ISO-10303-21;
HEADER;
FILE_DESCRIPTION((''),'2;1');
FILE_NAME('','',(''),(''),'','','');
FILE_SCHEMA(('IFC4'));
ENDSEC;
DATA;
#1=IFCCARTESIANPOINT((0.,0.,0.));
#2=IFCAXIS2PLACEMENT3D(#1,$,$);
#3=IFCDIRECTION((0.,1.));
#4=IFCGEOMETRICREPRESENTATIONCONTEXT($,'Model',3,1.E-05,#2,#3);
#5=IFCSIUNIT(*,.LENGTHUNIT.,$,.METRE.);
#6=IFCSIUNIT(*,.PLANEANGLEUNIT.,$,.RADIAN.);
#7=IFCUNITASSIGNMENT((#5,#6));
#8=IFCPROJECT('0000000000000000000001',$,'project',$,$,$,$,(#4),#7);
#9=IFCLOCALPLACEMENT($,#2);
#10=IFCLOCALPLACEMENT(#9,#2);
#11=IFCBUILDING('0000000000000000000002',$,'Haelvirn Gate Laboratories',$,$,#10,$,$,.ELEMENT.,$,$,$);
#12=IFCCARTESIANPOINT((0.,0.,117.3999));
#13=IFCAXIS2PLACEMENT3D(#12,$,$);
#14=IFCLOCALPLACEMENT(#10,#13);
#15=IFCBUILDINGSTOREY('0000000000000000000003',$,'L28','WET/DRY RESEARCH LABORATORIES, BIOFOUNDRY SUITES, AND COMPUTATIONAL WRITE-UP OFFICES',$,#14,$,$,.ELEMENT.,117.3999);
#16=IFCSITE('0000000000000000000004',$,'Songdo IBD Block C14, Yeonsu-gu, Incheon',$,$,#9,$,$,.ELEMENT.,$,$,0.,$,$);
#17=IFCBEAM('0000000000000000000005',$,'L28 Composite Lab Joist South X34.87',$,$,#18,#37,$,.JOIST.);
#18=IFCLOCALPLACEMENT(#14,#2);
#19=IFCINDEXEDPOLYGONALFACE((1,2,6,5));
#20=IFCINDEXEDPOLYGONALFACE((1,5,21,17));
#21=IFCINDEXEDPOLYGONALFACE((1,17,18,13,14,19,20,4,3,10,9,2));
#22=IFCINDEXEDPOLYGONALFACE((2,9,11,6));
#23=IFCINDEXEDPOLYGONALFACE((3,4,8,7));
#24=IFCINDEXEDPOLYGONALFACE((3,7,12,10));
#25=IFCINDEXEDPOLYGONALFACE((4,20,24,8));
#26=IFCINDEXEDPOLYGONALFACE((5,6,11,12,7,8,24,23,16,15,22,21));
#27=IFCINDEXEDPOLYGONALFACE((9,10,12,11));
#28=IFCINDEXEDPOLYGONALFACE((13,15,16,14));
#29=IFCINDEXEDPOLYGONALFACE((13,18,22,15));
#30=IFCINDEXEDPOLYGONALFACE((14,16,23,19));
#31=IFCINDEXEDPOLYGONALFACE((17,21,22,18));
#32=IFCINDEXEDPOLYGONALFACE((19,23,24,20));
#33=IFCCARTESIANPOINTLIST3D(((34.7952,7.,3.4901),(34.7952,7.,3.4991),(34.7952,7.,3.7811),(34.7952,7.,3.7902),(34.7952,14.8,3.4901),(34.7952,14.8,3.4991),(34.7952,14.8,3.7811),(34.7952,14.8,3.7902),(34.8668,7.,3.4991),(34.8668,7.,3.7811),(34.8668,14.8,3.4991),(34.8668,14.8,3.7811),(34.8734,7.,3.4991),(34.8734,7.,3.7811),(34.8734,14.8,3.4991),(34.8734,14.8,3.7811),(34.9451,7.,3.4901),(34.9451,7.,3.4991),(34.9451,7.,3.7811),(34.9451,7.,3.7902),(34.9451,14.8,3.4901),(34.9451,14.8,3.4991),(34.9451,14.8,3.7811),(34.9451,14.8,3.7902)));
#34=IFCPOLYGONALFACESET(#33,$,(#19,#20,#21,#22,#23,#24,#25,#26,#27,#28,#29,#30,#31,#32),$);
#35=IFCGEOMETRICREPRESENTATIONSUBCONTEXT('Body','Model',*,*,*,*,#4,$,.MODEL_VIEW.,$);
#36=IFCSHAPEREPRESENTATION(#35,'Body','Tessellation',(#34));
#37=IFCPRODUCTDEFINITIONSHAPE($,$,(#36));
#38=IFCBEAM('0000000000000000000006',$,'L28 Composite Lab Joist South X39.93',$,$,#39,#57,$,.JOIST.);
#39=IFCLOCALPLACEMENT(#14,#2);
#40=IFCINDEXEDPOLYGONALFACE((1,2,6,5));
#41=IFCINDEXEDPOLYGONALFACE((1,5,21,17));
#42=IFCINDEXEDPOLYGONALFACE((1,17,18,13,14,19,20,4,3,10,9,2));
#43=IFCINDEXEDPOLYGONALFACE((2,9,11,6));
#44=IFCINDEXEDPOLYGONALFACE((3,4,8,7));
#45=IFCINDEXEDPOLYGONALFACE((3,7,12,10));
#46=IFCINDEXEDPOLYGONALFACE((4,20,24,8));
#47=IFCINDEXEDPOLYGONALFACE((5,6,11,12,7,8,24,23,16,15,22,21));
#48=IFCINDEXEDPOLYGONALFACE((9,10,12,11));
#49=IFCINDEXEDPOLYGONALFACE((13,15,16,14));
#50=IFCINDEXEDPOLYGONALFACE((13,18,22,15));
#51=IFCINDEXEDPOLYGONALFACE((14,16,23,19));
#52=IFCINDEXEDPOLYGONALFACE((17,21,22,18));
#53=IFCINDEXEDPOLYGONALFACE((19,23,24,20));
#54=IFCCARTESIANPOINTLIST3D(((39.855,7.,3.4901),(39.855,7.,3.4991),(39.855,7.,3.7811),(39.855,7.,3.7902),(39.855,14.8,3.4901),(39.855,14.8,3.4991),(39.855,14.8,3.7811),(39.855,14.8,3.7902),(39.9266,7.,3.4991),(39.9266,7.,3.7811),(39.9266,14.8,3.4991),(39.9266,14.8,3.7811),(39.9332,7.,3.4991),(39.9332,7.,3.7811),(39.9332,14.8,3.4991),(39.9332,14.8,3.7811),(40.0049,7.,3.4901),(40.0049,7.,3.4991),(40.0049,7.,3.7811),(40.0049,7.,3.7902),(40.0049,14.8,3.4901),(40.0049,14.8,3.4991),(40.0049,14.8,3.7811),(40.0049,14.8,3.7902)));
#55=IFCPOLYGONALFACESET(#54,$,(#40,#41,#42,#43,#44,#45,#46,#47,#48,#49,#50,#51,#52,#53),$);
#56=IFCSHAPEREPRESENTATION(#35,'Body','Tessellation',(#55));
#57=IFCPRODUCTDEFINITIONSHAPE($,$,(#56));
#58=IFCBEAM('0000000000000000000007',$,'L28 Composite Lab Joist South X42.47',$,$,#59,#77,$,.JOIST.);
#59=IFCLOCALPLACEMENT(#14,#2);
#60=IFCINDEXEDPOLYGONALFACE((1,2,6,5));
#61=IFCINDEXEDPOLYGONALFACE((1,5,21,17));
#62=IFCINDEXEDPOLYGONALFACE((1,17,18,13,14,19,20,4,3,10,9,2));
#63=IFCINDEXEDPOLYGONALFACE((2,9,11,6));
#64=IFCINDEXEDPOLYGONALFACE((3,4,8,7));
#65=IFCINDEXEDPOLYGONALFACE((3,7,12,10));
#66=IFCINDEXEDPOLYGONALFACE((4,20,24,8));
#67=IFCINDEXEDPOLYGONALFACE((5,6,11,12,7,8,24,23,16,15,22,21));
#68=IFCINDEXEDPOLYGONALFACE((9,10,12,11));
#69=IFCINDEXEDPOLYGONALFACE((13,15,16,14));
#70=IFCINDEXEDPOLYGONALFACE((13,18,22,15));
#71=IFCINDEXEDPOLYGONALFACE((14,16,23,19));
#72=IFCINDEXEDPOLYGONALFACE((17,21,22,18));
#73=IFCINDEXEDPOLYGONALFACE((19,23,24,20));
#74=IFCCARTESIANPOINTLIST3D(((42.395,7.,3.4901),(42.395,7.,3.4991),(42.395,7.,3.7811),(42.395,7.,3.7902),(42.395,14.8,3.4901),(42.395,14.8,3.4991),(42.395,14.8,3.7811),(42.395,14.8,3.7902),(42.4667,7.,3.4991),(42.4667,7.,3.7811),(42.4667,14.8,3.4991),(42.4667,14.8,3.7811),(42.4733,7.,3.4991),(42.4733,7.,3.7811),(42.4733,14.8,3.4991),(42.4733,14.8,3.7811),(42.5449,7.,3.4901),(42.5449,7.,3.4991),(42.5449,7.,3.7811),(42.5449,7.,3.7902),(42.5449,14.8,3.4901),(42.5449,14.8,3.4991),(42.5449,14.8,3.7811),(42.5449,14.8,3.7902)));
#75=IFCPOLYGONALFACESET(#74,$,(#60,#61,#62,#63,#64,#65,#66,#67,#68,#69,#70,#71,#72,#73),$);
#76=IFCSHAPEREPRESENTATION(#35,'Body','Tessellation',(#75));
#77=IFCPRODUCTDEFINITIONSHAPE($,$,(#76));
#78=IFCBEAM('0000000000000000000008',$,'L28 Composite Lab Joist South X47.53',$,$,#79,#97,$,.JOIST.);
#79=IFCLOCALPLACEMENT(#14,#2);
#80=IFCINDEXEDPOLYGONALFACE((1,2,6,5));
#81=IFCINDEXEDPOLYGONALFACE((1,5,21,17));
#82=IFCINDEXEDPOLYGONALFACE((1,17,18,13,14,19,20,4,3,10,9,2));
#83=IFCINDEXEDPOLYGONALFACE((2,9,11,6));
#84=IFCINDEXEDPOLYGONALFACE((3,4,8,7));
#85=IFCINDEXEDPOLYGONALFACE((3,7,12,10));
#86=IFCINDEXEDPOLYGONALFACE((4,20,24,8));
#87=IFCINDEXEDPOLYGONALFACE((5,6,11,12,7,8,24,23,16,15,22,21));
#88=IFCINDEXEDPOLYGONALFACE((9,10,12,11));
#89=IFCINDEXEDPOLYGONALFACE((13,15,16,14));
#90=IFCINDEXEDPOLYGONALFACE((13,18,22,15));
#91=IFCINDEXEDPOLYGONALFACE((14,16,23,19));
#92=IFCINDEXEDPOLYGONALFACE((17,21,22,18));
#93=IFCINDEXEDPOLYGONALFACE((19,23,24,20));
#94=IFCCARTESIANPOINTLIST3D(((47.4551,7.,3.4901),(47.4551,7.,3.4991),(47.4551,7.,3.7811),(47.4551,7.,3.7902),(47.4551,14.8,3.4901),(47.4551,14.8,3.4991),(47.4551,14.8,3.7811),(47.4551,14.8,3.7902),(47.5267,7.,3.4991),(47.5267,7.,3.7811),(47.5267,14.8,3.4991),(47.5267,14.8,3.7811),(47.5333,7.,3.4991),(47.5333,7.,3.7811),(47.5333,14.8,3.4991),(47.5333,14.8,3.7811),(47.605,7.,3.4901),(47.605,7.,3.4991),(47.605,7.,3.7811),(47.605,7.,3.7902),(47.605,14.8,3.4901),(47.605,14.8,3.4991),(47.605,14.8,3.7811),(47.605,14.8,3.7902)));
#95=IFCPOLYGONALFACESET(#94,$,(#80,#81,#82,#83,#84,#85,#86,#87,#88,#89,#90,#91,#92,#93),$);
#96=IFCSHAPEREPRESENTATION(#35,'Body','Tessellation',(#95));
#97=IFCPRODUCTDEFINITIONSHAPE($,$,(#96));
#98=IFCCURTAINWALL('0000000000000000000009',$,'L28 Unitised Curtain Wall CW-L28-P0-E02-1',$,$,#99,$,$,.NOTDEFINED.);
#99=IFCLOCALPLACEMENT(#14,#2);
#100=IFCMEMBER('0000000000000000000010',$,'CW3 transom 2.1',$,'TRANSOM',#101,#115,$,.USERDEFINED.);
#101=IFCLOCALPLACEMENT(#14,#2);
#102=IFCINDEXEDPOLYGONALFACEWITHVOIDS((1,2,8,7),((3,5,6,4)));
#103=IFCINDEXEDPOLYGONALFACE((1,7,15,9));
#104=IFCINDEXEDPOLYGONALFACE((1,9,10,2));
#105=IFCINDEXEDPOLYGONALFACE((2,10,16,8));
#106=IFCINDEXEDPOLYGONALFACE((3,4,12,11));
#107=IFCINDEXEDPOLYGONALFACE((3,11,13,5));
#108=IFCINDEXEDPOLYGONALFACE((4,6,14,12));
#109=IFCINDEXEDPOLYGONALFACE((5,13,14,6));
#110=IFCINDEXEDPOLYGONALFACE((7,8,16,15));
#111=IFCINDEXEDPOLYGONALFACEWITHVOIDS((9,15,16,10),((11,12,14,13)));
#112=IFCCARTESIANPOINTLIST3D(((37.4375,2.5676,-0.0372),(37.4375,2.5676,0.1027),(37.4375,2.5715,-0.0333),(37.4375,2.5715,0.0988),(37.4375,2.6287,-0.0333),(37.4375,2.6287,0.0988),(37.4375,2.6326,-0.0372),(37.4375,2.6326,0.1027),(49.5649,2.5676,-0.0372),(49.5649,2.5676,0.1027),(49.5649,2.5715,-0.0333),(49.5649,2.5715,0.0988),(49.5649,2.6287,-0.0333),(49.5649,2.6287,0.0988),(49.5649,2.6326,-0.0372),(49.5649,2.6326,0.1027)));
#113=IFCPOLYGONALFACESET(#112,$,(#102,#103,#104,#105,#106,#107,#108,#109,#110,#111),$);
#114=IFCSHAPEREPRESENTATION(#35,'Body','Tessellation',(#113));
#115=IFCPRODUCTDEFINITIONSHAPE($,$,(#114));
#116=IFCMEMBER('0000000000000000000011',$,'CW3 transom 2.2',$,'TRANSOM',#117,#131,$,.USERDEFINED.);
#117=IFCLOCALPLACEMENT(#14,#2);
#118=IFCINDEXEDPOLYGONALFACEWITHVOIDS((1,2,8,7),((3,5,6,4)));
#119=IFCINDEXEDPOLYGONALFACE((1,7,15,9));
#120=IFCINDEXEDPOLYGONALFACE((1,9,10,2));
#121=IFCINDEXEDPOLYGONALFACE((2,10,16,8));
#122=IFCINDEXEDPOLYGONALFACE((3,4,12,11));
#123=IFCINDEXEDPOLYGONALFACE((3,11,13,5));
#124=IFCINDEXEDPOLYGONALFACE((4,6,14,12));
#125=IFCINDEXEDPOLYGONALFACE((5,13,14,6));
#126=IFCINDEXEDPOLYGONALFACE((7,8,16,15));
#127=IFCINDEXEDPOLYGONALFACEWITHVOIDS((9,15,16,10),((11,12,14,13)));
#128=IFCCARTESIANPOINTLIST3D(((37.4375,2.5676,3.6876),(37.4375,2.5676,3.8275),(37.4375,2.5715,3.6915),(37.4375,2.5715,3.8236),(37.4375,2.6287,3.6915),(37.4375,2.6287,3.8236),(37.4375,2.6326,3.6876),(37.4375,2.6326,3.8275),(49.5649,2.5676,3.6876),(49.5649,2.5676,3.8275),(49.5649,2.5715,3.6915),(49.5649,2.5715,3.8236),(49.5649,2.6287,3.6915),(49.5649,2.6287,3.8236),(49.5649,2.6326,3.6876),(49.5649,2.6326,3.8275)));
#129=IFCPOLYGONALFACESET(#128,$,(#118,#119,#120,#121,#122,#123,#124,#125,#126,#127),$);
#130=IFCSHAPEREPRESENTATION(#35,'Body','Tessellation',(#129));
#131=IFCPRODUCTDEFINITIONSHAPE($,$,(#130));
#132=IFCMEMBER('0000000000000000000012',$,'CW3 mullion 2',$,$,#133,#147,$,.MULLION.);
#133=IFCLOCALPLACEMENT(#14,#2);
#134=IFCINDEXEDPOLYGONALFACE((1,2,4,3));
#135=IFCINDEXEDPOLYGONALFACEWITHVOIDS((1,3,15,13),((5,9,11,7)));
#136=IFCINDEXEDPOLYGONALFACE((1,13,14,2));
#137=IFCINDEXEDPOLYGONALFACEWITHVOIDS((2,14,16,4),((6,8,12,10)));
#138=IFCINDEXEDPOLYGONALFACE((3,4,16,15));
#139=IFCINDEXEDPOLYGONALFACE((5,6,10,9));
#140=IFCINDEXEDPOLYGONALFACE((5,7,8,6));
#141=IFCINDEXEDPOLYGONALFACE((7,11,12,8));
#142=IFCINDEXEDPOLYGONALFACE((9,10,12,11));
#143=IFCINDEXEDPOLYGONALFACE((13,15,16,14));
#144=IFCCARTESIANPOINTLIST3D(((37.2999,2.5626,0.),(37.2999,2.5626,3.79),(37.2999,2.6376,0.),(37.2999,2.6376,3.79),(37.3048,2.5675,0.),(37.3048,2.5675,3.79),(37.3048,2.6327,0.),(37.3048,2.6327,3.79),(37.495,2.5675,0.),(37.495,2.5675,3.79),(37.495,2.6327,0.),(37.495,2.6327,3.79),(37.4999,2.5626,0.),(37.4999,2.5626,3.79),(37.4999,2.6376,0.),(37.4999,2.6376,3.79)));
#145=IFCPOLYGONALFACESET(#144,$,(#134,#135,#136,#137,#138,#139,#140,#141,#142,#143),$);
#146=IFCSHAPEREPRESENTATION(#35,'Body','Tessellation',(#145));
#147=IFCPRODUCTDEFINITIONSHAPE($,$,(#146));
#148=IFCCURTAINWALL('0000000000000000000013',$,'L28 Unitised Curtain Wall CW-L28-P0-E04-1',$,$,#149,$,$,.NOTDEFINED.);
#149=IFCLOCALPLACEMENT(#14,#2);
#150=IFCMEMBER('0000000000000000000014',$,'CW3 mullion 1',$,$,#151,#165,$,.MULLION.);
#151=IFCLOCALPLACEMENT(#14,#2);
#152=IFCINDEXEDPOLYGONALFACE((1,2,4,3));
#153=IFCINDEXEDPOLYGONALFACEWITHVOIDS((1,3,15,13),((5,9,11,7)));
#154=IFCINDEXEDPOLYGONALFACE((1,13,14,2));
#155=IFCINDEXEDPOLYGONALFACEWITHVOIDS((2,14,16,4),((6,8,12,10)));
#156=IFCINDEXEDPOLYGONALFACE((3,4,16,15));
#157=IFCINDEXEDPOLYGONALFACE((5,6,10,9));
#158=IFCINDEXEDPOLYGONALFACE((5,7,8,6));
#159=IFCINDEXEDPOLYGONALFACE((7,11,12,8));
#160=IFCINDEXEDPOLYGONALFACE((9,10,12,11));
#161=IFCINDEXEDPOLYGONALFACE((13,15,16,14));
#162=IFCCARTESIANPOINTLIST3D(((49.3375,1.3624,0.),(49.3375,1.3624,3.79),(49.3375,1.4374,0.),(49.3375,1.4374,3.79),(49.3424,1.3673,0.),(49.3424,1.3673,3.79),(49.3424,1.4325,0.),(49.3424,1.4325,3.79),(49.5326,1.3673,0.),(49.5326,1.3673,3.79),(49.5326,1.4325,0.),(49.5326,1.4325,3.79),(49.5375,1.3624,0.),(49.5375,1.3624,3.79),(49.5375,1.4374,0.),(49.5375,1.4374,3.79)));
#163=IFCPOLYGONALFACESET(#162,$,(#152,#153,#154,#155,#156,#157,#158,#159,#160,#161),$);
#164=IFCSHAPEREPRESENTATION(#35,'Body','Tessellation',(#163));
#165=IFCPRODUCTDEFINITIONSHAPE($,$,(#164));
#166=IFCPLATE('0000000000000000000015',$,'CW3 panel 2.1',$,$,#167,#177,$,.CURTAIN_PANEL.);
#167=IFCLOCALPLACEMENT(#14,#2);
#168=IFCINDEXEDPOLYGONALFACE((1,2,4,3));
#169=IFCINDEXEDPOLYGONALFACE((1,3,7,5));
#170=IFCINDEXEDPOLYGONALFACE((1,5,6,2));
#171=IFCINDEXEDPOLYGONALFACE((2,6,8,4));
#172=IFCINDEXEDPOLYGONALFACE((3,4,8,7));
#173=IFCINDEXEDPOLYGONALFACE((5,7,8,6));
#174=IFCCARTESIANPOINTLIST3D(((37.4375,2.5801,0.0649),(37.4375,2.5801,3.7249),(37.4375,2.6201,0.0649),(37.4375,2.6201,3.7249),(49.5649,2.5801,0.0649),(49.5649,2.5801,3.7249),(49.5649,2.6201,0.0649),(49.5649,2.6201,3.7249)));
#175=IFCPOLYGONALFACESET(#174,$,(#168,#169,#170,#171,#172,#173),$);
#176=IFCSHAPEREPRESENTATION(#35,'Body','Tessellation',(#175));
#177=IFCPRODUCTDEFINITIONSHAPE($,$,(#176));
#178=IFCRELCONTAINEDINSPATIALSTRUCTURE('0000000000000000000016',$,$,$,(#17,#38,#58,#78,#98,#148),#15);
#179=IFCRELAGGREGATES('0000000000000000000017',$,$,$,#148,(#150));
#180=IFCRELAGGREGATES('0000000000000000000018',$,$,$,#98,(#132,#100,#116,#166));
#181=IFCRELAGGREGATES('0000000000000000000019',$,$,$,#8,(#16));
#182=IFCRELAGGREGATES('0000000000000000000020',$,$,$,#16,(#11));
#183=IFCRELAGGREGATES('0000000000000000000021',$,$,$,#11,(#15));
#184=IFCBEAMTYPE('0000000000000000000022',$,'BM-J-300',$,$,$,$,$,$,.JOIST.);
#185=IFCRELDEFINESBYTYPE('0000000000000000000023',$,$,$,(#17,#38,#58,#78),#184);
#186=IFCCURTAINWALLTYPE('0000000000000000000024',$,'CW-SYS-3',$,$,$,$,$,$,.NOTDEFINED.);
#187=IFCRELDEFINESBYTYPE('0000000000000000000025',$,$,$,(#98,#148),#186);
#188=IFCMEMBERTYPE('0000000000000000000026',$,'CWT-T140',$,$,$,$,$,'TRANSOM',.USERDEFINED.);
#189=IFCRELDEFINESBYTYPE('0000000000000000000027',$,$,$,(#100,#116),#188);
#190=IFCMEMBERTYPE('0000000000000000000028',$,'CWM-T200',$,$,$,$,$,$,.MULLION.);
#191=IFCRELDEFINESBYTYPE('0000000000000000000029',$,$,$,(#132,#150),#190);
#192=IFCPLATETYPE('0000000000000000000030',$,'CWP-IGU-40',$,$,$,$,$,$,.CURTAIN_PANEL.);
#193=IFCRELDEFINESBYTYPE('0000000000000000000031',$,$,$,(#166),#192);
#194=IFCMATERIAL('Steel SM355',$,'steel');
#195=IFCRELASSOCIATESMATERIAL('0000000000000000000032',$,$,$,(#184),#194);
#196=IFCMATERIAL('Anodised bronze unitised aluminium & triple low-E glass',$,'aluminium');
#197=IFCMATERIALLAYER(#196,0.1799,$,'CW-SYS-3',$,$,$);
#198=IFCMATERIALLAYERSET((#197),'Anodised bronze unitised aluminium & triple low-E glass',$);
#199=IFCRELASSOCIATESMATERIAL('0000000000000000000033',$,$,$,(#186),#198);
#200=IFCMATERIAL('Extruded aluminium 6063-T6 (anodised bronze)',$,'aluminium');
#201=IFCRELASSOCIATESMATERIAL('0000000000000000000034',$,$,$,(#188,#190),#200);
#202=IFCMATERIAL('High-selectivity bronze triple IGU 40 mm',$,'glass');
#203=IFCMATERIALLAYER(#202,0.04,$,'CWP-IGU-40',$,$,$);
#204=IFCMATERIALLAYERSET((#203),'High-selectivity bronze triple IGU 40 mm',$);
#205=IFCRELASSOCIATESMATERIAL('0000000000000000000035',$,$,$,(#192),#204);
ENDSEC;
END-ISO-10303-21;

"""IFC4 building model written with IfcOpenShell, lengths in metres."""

from ifc_helpers import new_model, si_unit, direction, frame, origin, origin_2d, place, context, subcontext, project, spatial, rectangle, hollow_rectangle, i_section, extrude, source, transform, mapped, material, layer, layer_set, material_profile, profile_set, type_object, type_shapes, element, aggregate, save


model = new_model("IFC4")

# Units and contexts
model_context = context("Model", 3, precision=1e-05, world=origin(), true_north=direction((0.0, 1.0)))
body_context = subcontext(model_context, "Body", "Model", "MODEL_VIEW")
ifc_project = project(units=[si_unit("LENGTHUNIT", "METRE"), si_unit("PLANEANGLEUNIT", "RADIAN")], contexts=[model_context])

# Site, building, storey
site_placement = place(None, origin())
site = spatial("IfcSite", under=ifc_project, at=site_placement, Name="Songdo IBD Block C14, Yeonsu-gu, Incheon", CompositionType="ELEMENT", RefElevation=0.0)
building_placement = place(site_placement, origin())
building = spatial("IfcBuilding", under=site, at=building_placement, Name="Haelvirn Gate Laboratories", CompositionType="ELEMENT")
storey_placement = place(building_placement, frame((0.0, 0.0, 117.3999)))
storey = spatial("IfcBuildingStorey", under=building, at=storey_placement, Name="L28", Description="WET/DRY RESEARCH LABORATORIES, BIOFOUNDRY SUITES, AND COMPUTATIONAL WRITE-UP OFFICES", CompositionType="ELEMENT", Elevation=117.3999)

# Shared definitions
ifc_material_1 = material(Name="Steel SM355", Category="steel")

# Beams
ifc_material_profile_1 = material_profile(ifc_material_1, i_section(OverallWidth=0.1499, OverallDepth=0.3, WebThickness=0.0066, FlangeThickness=0.009, at=origin_2d()), Name="H-300x150x6.5x9")
ifc_profile_set_1 = profile_set([ifc_material_profile_1], Name="Steel SM355")
beam_type_1 = type_object("IfcBeamType", Name="BM-J-300", PredefinedType="JOIST", material=ifc_profile_set_1)
shared_shape_1 = source(origin(), body_context, "Body", "SweptSolid", [
    extrude(i_section(OverallWidth=0.1499, OverallDepth=0.3, WebThickness=0.0066, FlangeThickness=0.009, at=origin_2d()), origin(), (0.0, 0.0, 1.0), 7.8),
])
type_shapes(beam_type_1, [shared_shape_1])
for number, where, z_axis, x_axis, name in (
    (1, (34.8701, 7.0, 3.6401), (0.0, 1.0, 0.0), (-1.0, 0.0, 0.0), "L28 Composite Lab Joist South X34.87"),
    (2, (39.9299, 7.0, 3.6401), (0.0, 1.0, 0.0), (-1.0, 0.0, 0.0), "L28 Composite Lab Joist South X39.93"),
    (3, (42.47, 7.0, 3.6401), (0.0, 1.0, 0.0), (-1.0, 0.0, 0.0), "L28 Composite Lab Joist South X42.47"),
    (4, (47.53, 7.0, 3.6401), (0.0, 1.0, 0.0), (-1.0, 0.0, 0.0), "L28 Composite Lab Joist South X47.53"),
):
    element("IfcBeam", number, at=place(storey_placement, frame(where, z_axis=z_axis, x_axis=x_axis)), inside=storey, type_object=beam_type_1, Name=name, PredefinedType="JOIST", context=body_context, shape_type="MappedRepresentation", body=[
        mapped(shared_shape_1, transform((0.0, 0.0, 0.0), scale=1.0)),
    ])

# Curtain wall, members
ifc_material_2 = material(Name="Anodised bronze unitised aluminium & triple low-E glass", Category="aluminium")
ifc_layer_1 = layer(ifc_material_2, 0.1799, Name="CW-SYS-3")
ifc_layer_set_1 = layer_set([ifc_layer_1], Name="Anodised bronze unitised aluminium & triple low-E glass")
curtain_wall_type = type_object("IfcCurtainWallType", Name="CW-SYS-3", PredefinedType="NOTDEFINED", material=ifc_layer_set_1)
curtain_wall_1_placement = place(storey_placement, origin())
curtain_wall_1 = element("IfcCurtainWall", 5, at=curtain_wall_1_placement, inside=storey, type_object=curtain_wall_type, Name="L28 Unitised Curtain Wall CW-L28-P0-E02-1", PredefinedType="NOTDEFINED")
ifc_material_3 = material(Name="Extruded aluminium 6063-T6 (anodised bronze)", Category="aluminium")
ifc_material_profile_2 = material_profile(ifc_material_3, hollow_rectangle(XDim=0.0649, YDim=0.1399, WallThickness=0.0039, at=origin_2d()), Name="CWT-140x65x4")
ifc_profile_set_2 = profile_set([ifc_material_profile_2], Name="Extruded aluminium 6063-T6 (anodised bronze)")
member_type_1 = type_object("IfcMemberType", Name="CWT-T140", ElementType="TRANSOM", PredefinedType="USERDEFINED", material=ifc_profile_set_2)
shared_shape_2 = source(origin(), body_context, "Body", "SweptSolid", [
    extrude(hollow_rectangle(XDim=0.0649, YDim=0.1399, WallThickness=0.0039, at=origin_2d()), origin(), (0.0, 0.0, 1.0), 12.1274),
])
type_shapes(member_type_1, [shared_shape_2])
member_1_placement = place(storey_placement, frame((37.4375, 2.6001, 0.0327), z_axis=(1.0, 0.0, 0.0), x_axis=(0.0, 1.0, 0.0)))
member_1 = element("IfcMember", 6, at=member_1_placement, type_object=member_type_1, Name="CW3 transom 2.1", ObjectType="TRANSOM", PredefinedType="USERDEFINED", context=body_context, shape_type="MappedRepresentation", body=[
    mapped(shared_shape_2, transform((0.0, 0.0, 0.0), scale=1.0)),
])
member_2_placement = place(storey_placement, frame((37.4375, 2.6001, 3.7576), z_axis=(1.0, 0.0, 0.0), x_axis=(0.0, 1.0, 0.0)))
member_2 = element("IfcMember", 7, at=member_2_placement, type_object=member_type_1, Name="CW3 transom 2.2", ObjectType="TRANSOM", PredefinedType="USERDEFINED", context=body_context, shape_type="MappedRepresentation", body=[
    mapped(shared_shape_2, transform((0.0, 0.0, 0.0), scale=1.0)),
])
ifc_material_profile_3 = material_profile(ifc_material_3, hollow_rectangle(XDim=0.075, YDim=0.2, WallThickness=0.0049, at=origin_2d()), Name="CWM-200x75x5")
ifc_profile_set_3 = profile_set([ifc_material_profile_3], Name="Extruded aluminium 6063-T6 (anodised bronze)")
member_type_2 = type_object("IfcMemberType", Name="CWM-T200", PredefinedType="MULLION", material=ifc_profile_set_3)
shared_shape_3 = source(origin(), body_context, "Body", "SweptSolid", [
    extrude(hollow_rectangle(XDim=0.075, YDim=0.2, WallThickness=0.0049, at=origin_2d()), origin(), (0.0, 0.0, 1.0), 3.79),
])
type_shapes(member_type_2, [shared_shape_3])
member_3_placement = place(storey_placement, frame((37.3999, 2.6001, 0.0), z_axis=(0.0, 0.0, 1.0), x_axis=(0.0, 1.0, 0.0)))
member_3 = element("IfcMember", 8, at=member_3_placement, type_object=member_type_2, Name="CW3 mullion 2", PredefinedType="MULLION", context=body_context, shape_type="MappedRepresentation", body=[
    mapped(shared_shape_3, transform((0.0, 0.0, 0.0), scale=1.0)),
])

# Curtain wall, member
curtain_wall_2_placement = place(storey_placement, origin())
curtain_wall_2 = element("IfcCurtainWall", 9, at=curtain_wall_2_placement, inside=storey, type_object=curtain_wall_type, Name="L28 Unitised Curtain Wall CW-L28-P0-E04-1", PredefinedType="NOTDEFINED")
member_4_placement = place(storey_placement, frame((49.4375, 1.3999, 0.0), z_axis=(0.0, 0.0, 1.0), x_axis=(0.0, 1.0, 0.0)))
member_4 = element("IfcMember", 10, at=member_4_placement, type_object=member_type_2, Name="CW3 mullion 1", PredefinedType="MULLION", context=body_context, shape_type="MappedRepresentation", body=[
    mapped(shared_shape_3, transform((0.0, 0.0, 0.0), scale=1.0)),
])
aggregate(curtain_wall_2, [member_4])

# Plate
ifc_material_4 = material(Name="High-selectivity bronze triple IGU 40 mm", Category="glass")
ifc_layer_2 = layer(ifc_material_4, 0.04, Name="CWP-IGU-40")
ifc_layer_set_2 = layer_set([ifc_layer_2], Name="High-selectivity bronze triple IGU 40 mm")
plate_type = type_object("IfcPlateType", Name="CWP-IGU-40", PredefinedType="CURTAIN_PANEL", material=ifc_layer_set_2)
shared_shape_4 = source(origin(), body_context, "Body", "SweptSolid", [
    extrude(rectangle(XDim=12.1274, YDim=0.04, at=origin_2d()), origin(), (0.0, 0.0, 1.0), 3.6599),
])
type_shapes(plate_type, [shared_shape_4])
plate_placement = place(storey_placement, frame((43.5012, 2.6001, 0.0649), z_axis=(0.0, 0.0, 1.0), x_axis=(1.0, 0.0, 0.0)))
plate = element("IfcPlate", 11, at=plate_placement, type_object=plate_type, Name="CW3 panel 2.1", PredefinedType="CURTAIN_PANEL", context=body_context, shape_type="MappedRepresentation", body=[
    mapped(shared_shape_4, transform((0.0, 0.0, 0.0), scale=1.0)),
])
aggregate(curtain_wall_1, [member_3, member_1, member_2, plate])

save(model, "model.ifc")
